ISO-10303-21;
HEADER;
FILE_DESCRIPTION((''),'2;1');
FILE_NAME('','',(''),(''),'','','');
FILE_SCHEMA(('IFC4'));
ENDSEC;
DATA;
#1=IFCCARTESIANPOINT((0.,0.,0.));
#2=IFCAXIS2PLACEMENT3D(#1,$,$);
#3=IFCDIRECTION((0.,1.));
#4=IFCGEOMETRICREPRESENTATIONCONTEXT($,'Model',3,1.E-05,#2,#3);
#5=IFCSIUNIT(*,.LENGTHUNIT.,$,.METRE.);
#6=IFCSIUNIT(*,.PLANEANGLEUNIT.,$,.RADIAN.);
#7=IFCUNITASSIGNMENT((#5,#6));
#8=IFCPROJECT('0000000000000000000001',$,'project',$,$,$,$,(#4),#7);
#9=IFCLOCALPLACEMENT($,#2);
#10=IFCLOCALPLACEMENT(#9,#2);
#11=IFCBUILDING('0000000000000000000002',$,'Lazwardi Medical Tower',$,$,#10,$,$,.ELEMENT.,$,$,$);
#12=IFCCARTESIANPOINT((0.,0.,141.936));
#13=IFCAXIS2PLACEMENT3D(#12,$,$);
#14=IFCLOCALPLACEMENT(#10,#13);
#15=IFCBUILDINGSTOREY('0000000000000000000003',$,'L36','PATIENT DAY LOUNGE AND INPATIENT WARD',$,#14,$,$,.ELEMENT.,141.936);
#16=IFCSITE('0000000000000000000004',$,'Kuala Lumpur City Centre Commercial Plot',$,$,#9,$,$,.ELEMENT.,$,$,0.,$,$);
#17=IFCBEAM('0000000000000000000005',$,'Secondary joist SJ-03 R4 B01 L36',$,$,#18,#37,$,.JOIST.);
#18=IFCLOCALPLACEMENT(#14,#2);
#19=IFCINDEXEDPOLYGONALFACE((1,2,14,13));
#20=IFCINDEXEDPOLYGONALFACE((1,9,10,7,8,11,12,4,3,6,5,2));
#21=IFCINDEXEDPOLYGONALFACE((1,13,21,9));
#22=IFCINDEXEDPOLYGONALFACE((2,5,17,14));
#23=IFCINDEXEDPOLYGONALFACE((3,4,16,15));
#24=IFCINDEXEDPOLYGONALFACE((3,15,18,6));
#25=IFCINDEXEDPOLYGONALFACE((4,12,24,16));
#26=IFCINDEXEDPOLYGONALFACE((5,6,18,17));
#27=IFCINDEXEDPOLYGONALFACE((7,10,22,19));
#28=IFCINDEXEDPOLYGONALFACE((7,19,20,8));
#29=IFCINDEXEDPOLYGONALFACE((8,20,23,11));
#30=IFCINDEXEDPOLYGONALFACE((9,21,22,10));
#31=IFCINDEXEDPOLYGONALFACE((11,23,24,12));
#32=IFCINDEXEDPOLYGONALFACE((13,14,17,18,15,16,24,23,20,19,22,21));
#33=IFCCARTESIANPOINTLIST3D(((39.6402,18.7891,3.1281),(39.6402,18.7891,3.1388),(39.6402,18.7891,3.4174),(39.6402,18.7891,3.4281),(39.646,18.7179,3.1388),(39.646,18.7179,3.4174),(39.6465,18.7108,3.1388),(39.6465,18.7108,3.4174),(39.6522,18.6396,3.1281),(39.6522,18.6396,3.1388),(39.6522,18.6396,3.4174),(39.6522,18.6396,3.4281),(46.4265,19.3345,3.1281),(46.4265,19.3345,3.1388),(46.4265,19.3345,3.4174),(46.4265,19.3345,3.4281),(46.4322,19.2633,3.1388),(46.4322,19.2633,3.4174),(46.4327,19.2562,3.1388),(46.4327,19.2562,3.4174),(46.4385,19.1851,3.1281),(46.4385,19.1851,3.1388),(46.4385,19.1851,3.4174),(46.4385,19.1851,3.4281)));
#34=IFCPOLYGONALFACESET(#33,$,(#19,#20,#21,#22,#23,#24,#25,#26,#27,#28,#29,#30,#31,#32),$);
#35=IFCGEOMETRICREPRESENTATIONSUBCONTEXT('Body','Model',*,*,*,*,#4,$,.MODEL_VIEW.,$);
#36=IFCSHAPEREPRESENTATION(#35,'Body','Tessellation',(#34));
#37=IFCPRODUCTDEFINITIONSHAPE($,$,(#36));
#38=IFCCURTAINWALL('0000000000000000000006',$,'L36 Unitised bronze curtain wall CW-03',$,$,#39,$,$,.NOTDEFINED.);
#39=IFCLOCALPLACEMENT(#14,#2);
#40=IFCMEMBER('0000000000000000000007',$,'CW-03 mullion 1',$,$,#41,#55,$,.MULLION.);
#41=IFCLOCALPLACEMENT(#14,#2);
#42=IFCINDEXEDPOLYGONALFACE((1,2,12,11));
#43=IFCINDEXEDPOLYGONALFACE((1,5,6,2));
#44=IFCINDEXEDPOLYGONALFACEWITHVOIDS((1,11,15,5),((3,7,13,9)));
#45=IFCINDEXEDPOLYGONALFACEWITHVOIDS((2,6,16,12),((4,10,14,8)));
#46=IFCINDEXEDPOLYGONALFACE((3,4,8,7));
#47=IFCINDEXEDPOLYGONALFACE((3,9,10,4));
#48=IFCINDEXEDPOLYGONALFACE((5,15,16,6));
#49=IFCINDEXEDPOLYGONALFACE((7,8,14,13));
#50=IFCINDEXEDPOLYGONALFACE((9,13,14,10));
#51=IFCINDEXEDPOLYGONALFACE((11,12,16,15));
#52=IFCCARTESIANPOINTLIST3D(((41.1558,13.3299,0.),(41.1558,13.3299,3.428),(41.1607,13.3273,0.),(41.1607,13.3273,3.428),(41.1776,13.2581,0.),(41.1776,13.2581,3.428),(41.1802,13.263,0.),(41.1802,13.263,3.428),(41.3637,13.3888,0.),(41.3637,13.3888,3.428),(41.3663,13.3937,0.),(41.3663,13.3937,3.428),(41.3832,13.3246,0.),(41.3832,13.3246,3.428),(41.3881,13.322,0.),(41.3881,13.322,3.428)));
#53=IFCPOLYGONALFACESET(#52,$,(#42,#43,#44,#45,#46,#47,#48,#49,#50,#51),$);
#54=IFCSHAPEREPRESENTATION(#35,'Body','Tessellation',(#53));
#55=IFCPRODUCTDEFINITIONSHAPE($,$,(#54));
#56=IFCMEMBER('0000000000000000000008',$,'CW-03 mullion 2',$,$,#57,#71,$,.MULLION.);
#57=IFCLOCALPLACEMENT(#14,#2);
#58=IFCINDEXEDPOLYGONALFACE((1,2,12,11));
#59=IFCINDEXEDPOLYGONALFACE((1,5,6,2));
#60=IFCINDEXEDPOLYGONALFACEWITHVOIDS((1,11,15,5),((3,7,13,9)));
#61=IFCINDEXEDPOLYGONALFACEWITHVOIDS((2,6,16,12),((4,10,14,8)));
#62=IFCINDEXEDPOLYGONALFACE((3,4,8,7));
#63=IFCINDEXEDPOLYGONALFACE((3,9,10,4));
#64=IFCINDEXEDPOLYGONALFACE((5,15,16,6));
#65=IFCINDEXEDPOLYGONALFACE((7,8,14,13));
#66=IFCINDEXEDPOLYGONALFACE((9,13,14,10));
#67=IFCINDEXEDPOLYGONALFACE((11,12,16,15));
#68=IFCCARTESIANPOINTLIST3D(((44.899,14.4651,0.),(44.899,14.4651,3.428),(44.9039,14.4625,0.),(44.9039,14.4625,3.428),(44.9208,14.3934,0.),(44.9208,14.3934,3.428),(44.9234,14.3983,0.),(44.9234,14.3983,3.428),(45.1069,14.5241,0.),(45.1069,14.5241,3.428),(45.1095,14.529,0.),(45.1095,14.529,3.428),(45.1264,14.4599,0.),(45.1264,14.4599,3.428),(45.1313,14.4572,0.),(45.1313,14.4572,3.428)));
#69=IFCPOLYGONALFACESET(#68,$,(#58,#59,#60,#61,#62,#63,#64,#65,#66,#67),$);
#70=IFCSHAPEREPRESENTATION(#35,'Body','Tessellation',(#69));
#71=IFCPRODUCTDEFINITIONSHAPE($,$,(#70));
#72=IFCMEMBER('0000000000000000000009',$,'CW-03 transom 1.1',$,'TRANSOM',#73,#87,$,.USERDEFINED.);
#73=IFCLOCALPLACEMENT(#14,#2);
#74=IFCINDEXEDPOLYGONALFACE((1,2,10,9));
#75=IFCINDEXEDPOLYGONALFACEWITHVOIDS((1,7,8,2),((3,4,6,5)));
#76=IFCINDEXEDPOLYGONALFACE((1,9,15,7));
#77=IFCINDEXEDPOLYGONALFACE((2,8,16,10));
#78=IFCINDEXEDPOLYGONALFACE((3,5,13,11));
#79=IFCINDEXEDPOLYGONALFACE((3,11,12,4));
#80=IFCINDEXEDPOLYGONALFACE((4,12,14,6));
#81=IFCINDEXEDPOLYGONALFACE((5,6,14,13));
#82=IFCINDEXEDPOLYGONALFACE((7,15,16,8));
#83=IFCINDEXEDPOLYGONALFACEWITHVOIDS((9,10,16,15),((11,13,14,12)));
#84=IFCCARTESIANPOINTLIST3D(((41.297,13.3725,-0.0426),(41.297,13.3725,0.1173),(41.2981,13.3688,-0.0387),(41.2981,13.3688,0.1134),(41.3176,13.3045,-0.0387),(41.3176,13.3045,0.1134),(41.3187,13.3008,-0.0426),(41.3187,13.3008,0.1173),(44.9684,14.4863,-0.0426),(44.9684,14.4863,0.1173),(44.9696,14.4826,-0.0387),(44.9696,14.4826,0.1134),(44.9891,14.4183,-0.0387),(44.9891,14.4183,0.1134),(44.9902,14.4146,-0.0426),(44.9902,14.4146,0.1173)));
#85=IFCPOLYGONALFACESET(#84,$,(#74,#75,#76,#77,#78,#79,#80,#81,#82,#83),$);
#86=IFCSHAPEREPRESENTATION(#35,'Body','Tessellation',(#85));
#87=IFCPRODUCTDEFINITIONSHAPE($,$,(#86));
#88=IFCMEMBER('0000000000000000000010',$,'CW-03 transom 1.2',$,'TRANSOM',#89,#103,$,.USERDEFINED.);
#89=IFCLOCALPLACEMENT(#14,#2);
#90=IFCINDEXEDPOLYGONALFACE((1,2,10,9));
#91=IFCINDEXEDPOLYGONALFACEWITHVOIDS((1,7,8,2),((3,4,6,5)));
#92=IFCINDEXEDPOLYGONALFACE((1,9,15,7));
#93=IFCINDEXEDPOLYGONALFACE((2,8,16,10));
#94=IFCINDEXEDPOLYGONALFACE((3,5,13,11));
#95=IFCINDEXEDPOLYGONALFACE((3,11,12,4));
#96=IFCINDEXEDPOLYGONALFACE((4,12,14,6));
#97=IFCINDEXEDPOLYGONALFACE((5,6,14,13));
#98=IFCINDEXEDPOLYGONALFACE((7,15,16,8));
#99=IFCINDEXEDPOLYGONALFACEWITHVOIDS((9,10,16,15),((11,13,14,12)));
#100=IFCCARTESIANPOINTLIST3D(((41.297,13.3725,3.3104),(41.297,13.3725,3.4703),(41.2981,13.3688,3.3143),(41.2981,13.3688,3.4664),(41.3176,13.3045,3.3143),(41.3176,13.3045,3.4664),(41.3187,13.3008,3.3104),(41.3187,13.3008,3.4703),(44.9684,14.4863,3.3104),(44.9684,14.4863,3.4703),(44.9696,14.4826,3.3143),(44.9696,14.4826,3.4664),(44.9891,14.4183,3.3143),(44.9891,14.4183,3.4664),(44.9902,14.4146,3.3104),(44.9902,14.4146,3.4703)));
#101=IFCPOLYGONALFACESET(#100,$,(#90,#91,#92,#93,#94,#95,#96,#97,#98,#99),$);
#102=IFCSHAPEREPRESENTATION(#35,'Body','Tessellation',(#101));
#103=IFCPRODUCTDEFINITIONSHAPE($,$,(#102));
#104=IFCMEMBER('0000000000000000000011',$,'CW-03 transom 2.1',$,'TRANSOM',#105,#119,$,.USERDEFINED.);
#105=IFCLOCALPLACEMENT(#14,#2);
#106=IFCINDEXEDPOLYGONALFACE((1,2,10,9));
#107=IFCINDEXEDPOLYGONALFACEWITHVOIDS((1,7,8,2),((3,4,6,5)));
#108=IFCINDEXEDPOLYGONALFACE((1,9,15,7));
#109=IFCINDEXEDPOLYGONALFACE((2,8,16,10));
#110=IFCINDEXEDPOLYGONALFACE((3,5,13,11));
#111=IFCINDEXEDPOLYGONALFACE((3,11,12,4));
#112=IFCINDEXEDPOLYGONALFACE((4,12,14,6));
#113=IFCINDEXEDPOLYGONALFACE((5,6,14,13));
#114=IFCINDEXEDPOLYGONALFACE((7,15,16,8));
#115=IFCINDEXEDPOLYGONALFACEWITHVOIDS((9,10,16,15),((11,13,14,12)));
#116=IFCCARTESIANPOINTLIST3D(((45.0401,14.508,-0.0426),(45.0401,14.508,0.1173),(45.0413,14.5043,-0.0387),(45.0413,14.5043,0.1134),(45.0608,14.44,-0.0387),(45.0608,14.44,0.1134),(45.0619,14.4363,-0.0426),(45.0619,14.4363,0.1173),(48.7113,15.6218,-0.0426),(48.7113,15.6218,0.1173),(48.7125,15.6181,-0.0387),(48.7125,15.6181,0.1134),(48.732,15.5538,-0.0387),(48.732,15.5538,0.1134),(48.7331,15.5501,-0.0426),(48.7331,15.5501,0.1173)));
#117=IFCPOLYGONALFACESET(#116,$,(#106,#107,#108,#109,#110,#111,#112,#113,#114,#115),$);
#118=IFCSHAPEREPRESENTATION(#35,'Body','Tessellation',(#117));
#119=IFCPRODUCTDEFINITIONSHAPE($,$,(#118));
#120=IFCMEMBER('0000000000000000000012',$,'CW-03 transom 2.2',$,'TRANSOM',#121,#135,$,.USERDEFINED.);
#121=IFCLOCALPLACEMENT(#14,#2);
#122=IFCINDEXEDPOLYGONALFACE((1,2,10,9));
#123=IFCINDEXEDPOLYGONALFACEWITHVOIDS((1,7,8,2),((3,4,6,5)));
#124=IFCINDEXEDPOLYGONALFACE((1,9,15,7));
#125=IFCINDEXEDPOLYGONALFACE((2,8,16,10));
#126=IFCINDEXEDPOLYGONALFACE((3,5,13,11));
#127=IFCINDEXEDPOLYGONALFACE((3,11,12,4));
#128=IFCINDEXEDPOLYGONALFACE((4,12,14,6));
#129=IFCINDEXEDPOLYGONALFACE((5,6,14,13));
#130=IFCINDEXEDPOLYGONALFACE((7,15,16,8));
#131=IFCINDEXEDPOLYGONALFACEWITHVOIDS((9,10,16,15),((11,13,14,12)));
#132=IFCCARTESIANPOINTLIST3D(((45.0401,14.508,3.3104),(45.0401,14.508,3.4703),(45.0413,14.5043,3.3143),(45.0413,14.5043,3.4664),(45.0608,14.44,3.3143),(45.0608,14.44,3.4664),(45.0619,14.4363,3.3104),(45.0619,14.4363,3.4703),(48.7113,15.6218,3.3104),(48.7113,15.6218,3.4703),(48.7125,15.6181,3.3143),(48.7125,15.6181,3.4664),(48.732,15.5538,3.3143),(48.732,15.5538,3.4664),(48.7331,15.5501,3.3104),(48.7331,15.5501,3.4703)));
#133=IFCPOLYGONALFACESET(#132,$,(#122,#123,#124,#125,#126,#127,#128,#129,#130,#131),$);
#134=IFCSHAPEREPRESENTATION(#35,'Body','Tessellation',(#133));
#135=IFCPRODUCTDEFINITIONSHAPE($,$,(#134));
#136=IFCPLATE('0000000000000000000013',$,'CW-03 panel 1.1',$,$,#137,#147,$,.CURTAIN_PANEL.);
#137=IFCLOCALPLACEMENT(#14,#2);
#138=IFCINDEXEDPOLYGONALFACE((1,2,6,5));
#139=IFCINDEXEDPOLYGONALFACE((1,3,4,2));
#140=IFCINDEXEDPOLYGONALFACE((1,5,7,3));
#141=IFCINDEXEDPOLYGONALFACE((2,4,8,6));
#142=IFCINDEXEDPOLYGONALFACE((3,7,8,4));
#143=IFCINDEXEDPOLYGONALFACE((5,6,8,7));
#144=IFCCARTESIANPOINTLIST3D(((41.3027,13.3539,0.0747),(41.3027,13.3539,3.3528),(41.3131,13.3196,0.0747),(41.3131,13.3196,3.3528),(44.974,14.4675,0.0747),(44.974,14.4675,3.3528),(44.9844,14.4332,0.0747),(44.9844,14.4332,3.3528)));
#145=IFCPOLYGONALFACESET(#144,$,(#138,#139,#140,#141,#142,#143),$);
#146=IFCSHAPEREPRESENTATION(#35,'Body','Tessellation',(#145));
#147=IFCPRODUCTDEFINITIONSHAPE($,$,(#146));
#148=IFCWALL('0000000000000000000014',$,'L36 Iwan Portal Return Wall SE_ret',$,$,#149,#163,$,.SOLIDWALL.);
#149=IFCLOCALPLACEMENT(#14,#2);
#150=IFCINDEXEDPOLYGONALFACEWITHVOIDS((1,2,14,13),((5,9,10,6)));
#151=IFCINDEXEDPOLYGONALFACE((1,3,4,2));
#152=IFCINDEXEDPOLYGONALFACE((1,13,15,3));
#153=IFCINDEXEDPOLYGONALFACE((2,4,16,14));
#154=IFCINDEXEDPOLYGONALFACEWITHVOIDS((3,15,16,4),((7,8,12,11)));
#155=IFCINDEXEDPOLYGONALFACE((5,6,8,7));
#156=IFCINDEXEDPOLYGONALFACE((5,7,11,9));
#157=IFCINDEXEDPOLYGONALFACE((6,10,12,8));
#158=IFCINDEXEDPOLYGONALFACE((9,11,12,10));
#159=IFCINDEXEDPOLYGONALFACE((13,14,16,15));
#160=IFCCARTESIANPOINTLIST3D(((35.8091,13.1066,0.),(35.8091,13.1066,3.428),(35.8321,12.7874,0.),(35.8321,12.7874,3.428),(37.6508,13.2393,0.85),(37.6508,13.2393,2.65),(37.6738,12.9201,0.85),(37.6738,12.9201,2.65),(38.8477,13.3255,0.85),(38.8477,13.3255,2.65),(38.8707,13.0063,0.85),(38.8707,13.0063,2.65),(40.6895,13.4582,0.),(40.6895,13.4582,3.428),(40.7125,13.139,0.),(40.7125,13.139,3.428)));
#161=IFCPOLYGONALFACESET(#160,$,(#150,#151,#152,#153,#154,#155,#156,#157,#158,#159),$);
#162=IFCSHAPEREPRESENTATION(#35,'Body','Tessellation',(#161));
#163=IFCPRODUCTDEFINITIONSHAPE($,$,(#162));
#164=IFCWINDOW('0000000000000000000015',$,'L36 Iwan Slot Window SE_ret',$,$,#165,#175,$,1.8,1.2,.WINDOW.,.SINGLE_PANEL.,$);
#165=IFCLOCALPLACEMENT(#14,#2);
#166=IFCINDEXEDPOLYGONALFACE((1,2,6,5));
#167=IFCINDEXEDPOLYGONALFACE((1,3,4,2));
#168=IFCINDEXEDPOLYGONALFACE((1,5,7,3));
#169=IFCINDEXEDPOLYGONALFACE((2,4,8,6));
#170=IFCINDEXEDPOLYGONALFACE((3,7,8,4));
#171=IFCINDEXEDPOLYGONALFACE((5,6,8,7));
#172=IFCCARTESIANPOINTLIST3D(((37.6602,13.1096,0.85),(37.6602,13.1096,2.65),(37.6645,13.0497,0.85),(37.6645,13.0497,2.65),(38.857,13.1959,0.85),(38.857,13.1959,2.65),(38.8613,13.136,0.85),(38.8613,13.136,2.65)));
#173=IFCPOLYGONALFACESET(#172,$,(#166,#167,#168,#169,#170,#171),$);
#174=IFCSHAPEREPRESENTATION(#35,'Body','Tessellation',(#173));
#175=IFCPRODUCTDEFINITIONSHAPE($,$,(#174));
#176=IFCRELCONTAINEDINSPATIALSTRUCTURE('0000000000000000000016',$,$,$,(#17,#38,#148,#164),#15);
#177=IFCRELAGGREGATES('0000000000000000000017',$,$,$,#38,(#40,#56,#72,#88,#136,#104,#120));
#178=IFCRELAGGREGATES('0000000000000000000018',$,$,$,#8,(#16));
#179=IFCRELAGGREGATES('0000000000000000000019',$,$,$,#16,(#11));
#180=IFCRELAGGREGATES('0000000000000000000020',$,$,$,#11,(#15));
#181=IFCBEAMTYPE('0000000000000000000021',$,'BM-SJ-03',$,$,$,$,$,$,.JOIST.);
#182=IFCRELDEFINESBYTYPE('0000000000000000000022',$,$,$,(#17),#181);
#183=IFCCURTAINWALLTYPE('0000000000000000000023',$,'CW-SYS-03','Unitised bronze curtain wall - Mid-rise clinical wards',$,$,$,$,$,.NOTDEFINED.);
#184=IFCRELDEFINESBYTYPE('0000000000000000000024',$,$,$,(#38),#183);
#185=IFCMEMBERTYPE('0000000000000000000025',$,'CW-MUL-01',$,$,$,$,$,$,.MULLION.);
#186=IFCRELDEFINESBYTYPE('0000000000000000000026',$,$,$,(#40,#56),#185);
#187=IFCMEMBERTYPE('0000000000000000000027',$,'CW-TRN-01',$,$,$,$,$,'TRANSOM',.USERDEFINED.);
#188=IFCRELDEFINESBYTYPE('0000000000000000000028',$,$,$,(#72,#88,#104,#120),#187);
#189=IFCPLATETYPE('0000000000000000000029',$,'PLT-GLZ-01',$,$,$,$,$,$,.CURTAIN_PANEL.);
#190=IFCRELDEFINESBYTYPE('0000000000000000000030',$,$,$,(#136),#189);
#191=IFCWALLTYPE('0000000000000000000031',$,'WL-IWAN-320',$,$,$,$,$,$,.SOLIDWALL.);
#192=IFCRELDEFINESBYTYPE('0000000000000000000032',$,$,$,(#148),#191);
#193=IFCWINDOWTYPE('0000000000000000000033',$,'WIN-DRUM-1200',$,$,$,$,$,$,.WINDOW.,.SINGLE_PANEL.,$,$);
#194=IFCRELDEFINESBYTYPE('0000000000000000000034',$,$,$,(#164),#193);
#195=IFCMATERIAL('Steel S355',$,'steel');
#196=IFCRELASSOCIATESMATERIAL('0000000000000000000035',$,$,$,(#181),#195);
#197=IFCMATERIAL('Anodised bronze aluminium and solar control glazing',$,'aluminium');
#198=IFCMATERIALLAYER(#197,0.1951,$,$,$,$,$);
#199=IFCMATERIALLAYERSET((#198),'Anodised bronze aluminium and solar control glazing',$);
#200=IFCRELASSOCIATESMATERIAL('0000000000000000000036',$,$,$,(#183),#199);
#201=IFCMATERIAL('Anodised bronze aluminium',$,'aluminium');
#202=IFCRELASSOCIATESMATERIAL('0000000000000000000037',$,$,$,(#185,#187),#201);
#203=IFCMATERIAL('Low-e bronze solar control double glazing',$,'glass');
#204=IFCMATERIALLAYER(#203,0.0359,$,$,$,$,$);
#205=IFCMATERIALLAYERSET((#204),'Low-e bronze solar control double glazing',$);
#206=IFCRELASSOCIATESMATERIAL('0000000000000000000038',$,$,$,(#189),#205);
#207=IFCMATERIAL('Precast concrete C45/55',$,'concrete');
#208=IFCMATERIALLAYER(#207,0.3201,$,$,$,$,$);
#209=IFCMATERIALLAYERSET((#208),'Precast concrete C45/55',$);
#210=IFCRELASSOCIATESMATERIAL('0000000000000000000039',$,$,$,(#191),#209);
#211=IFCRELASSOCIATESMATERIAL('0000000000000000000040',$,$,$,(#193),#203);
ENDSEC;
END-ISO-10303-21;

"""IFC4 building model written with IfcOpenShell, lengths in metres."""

from ifc_helpers import new_model, si_unit, direction, frame, frame_2d, origin, origin_2d, place, context, subcontext, project, spatial, rectangle, hollow_rectangle, i_section, extrude, material, layer, layer_set, material_profile, profile_set, type_object, element, fill, aggregate, save


model = new_model("IFC4")

# Units and contexts
model_context = context("Model", 3, precision=1e-05, world=origin(), true_north=direction((0.0, 1.0)))
body_context = subcontext(model_context, "Body", "Model", "MODEL_VIEW")
ifc_project = project(units=[si_unit("LENGTHUNIT", "METRE"), si_unit("PLANEANGLEUNIT", "RADIAN")], contexts=[model_context])

# Site, building, storey
site_placement = place(None, origin())
site = spatial("IfcSite", under=ifc_project, at=site_placement, Name="Kuala Lumpur City Centre Commercial Plot", CompositionType="ELEMENT", RefElevation=0.0)
building_placement = place(site_placement, origin())
building = spatial("IfcBuilding", under=site, at=building_placement, Name="Lazwardi Medical Tower", CompositionType="ELEMENT")
storey_placement = place(building_placement, frame((0.0, 0.0, 141.936)))
storey = spatial("IfcBuildingStorey", under=building, at=storey_placement, Name="L36", Description="PATIENT DAY LOUNGE AND INPATIENT WARD", CompositionType="ELEMENT", Elevation=141.936)

# Beam
ifc_material_1 = material(Name="Steel S355", Category="steel")
ifc_material_profile_1 = material_profile(ifc_material_1, i_section(OverallWidth=0.1499, OverallDepth=0.3, WebThickness=0.0071, FlangeThickness=0.0107, at=origin_2d()), Name="IPE 300")
ifc_profile_set_1 = profile_set([ifc_material_profile_1], Name="Steel S355")
beam_type_1 = type_object("IfcBeamType", Name="BM-SJ-03", PredefinedType="JOIST", material=ifc_profile_set_1)
beam_1_placement = place(storey_placement, frame((39.6462, 18.7144, 3.2781), z_axis=(0.996786, 0.080113, 0.0), x_axis=(-0.080113, 0.996786, 0.0)))
element("IfcBeam", 1, at=beam_1_placement, inside=storey, type_object=beam_type_1, Name="Secondary joist SJ-03 R4 B01 L36", PredefinedType="JOIST", context=body_context, shape_type="SweptSolid", body=[
    extrude(i_section(OverallWidth=0.1499, OverallDepth=0.3, WebThickness=0.0071, FlangeThickness=0.0107, at=origin_2d()), origin(), (0.0, 0.0, 1.0), 6.8081),
])

# Curtain wall, members, plate
ifc_material_2 = material(Name="Anodised bronze aluminium and solar control glazing", Category="aluminium")
ifc_layer_1 = layer(ifc_material_2, 0.1951)
ifc_layer_set_1 = layer_set([ifc_layer_1], Name="Anodised bronze aluminium and solar control glazing")
curtain_wall_type = type_object("IfcCurtainWallType", Name="CW-SYS-03", Description="Unitised bronze curtain wall - Mid-rise clinical wards", PredefinedType="NOTDEFINED", material=ifc_layer_set_1)
curtain_wall_placement = place(storey_placement, origin())
curtain_wall = element("IfcCurtainWall", 2, at=curtain_wall_placement, inside=storey, type_object=curtain_wall_type, Name="L36 Unitised bronze curtain wall CW-03", PredefinedType="NOTDEFINED")
ifc_material_3 = material(Name="Anodised bronze aluminium", Category="aluminium")
ifc_material_profile_2 = material_profile(ifc_material_3, hollow_rectangle(XDim=0.075, YDim=0.22, WallThickness=0.0039, at=origin_2d()), Name="ALU-MULLION 220x75x4")
ifc_profile_set_2 = profile_set([ifc_material_profile_2], Name="Anodised bronze aluminium")
member_type_1 = type_object("IfcMemberType", Name="CW-MUL-01", PredefinedType="MULLION", material=ifc_profile_set_2)
member_1_placement = place(storey_placement, frame((41.272, 13.3259, 0.0), z_axis=(0.0, 0.0, 1.0), x_axis=(-0.290281, 0.956942, 0.0)))
member_1 = element("IfcMember", 3, at=member_1_placement, type_object=member_type_1, Name="CW-03 mullion 1", PredefinedType="MULLION", context=body_context, shape_type="SweptSolid", body=[
    extrude(hollow_rectangle(XDim=0.075, YDim=0.22, WallThickness=0.0039, at=origin_2d()), origin(), (0.0, 0.0, 1.0), 3.428),
])
member_2_placement = place(storey_placement, frame((45.0151, 14.4612, 0.0), z_axis=(0.0, 0.0, 1.0), x_axis=(-0.290281, 0.956942, 0.0)))
member_2 = element("IfcMember", 4, at=member_2_placement, type_object=member_type_1, Name="CW-03 mullion 2", PredefinedType="MULLION", context=body_context, shape_type="SweptSolid", body=[
    extrude(hollow_rectangle(XDim=0.075, YDim=0.22, WallThickness=0.0039, at=origin_2d()), origin(), (0.0, 0.0, 1.0), 3.428),
])
ifc_material_profile_3 = material_profile(ifc_material_3, hollow_rectangle(XDim=0.075, YDim=0.1599, WallThickness=0.0039, at=origin_2d()), Name="ALU-TRANSOM 160x75x4")
ifc_profile_set_3 = profile_set([ifc_material_profile_3], Name="Anodised bronze aluminium")
member_type_2 = type_object("IfcMemberType", Name="CW-TRN-01", ElementType="TRANSOM", PredefinedType="USERDEFINED", material=ifc_profile_set_3)
member_3_placement = place(storey_placement, frame((41.3079, 13.3367, 0.0374), z_axis=(0.956936, 0.290301, 0.0), x_axis=(-0.290301, 0.956936, 0.0)))
member_3 = element("IfcMember", 5, at=member_3_placement, type_object=member_type_2, Name="CW-03 transom 1.1", ObjectType="TRANSOM", PredefinedType="USERDEFINED", context=body_context, shape_type="SweptSolid", body=[
    extrude(hollow_rectangle(XDim=0.075, YDim=0.1599, WallThickness=0.0039, at=origin_2d()), origin(), (0.0, 0.0, 1.0), 3.8367),
])
member_4_placement = place(storey_placement, frame((41.3079, 13.3367, 3.3904), z_axis=(0.956936, 0.290301, 0.0), x_axis=(-0.290301, 0.956936, 0.0)))
member_4 = element("IfcMember", 6, at=member_4_placement, type_object=member_type_2, Name="CW-03 transom 1.2", ObjectType="TRANSOM", PredefinedType="USERDEFINED", context=body_context, shape_type="SweptSolid", body=[
    extrude(hollow_rectangle(XDim=0.075, YDim=0.1599, WallThickness=0.0039, at=origin_2d()), origin(), (0.0, 0.0, 1.0), 3.8367),
])
member_5_placement = place(storey_placement, frame((45.051, 14.4722, 0.0374), z_axis=(0.95693, 0.290318, 0.0), x_axis=(-0.290318, 0.95693, 0.0)))
member_5 = element("IfcMember", 7, at=member_5_placement, type_object=member_type_2, Name="CW-03 transom 2.1", ObjectType="TRANSOM", PredefinedType="USERDEFINED", context=body_context, shape_type="SweptSolid", body=[
    extrude(hollow_rectangle(XDim=0.075, YDim=0.1599, WallThickness=0.0039, at=origin_2d()), origin(), (0.0, 0.0, 1.0), 3.8364),
])
member_6_placement = place(storey_placement, frame((45.051, 14.4722, 3.3904), z_axis=(0.95693, 0.290318, 0.0), x_axis=(-0.290318, 0.95693, 0.0)))
member_6 = element("IfcMember", 8, at=member_6_placement, type_object=member_type_2, Name="CW-03 transom 2.2", ObjectType="TRANSOM", PredefinedType="USERDEFINED", context=body_context, shape_type="SweptSolid", body=[
    extrude(hollow_rectangle(XDim=0.075, YDim=0.1599, WallThickness=0.0039, at=origin_2d()), origin(), (0.0, 0.0, 1.0), 3.8364),
])
ifc_material_4 = material(Name="Low-e bronze solar control double glazing", Category="glass")
ifc_layer_2 = layer(ifc_material_4, 0.0359)
ifc_layer_set_2 = layer_set([ifc_layer_2], Name="Low-e bronze solar control double glazing")
plate_type = type_object("IfcPlateType", Name="PLT-GLZ-01", PredefinedType="CURTAIN_PANEL", material=ifc_layer_set_2)
plate_placement = place(storey_placement, frame((43.1436, 13.8936, 0.0747), z_axis=(0.0, 0.0, 1.0), x_axis=(0.956942, 0.290281, 0.0)))
plate = element("IfcPlate", 9, at=plate_placement, type_object=plate_type, Name="CW-03 panel 1.1", PredefinedType="CURTAIN_PANEL", context=body_context, shape_type="SweptSolid", body=[
    extrude(rectangle(XDim=3.8364, YDim=0.0359, at=origin_2d()), origin(), (0.0, 0.0, 1.0), 3.2781),
])
aggregate(curtain_wall, [member_1, member_2, member_3, member_4, plate, member_5, member_6])

# Wall, opening, window
ifc_material_5 = material(Name="Precast concrete C45/55", Category="concrete")
ifc_layer_3 = layer(ifc_material_5, 0.3201)
ifc_layer_set_3 = layer_set([ifc_layer_3], Name="Precast concrete C45/55")
wall_type_1 = type_object("IfcWallType", Name="WL-IWAN-320", PredefinedType="SOLIDWALL", material=ifc_layer_set_3)
wall_1_placement = place(storey_placement, frame((35.8206, 12.947, 0.0), z_axis=(0.0, 0.0, 1.0), x_axis=(0.997415, 0.07185, 0.0)))
wall_1 = element("IfcWall", 10, at=wall_1_placement, inside=storey, type_object=wall_type_1, Name="L36 Iwan Portal Return Wall SE_ret", PredefinedType="SOLIDWALL", context=body_context, shape_type="SweptSolid", body=[
    extrude(rectangle(XDim=4.8931, YDim=0.3201, at=frame_2d((2.4465, 0.0))), origin(), (0.0, 0.0, 1.0), 3.428),
])
opening_1_placement = place(wall_1_placement, frame((1.8464, 0.0, 0.8501)))
opening_1 = element("IfcOpeningElement", 11, at=opening_1_placement, cuts=wall_1, PredefinedType="OPENING", context=body_context, shape_type="SweptSolid", body=[
    extrude(rectangle(XDim=1.2, YDim=1.8, at=frame_2d((0.6001, 0.8999))), frame((0.0, 0.1699, 0.0), z_axis=(0.0, -1.0, 0.0), x_axis=(1.0, 0.0, 0.0)), (0.0, 0.0, 1.0), 0.3401),
])
window_type_1 = type_object("IfcWindowType", Name="WIN-DRUM-1200", PartitioningType="SINGLE_PANEL", PredefinedType="WINDOW", material=ifc_material_4)
window_1_placement = place(opening_1_placement, origin())
window_1 = element("IfcWindow", 12, at=window_1_placement, inside=storey, type_object=window_type_1, Name="L36 Iwan Slot Window SE_ret", OverallHeight=1.8, OverallWidth=1.2, PartitioningType="SINGLE_PANEL", PredefinedType="WINDOW", context=body_context, shape_type="SweptSolid", body=[
    extrude(rectangle(XDim=1.2, YDim=1.8, at=frame_2d((0.6001, 0.8999))), frame((0.0, 0.03, 0.0), z_axis=(0.0, -1.0, 0.0), x_axis=(1.0, 0.0, 0.0)), (0.0, 0.0, 1.0), 0.0601),
])
fill(opening_1, window_1)

save(model, "model.ifc")
